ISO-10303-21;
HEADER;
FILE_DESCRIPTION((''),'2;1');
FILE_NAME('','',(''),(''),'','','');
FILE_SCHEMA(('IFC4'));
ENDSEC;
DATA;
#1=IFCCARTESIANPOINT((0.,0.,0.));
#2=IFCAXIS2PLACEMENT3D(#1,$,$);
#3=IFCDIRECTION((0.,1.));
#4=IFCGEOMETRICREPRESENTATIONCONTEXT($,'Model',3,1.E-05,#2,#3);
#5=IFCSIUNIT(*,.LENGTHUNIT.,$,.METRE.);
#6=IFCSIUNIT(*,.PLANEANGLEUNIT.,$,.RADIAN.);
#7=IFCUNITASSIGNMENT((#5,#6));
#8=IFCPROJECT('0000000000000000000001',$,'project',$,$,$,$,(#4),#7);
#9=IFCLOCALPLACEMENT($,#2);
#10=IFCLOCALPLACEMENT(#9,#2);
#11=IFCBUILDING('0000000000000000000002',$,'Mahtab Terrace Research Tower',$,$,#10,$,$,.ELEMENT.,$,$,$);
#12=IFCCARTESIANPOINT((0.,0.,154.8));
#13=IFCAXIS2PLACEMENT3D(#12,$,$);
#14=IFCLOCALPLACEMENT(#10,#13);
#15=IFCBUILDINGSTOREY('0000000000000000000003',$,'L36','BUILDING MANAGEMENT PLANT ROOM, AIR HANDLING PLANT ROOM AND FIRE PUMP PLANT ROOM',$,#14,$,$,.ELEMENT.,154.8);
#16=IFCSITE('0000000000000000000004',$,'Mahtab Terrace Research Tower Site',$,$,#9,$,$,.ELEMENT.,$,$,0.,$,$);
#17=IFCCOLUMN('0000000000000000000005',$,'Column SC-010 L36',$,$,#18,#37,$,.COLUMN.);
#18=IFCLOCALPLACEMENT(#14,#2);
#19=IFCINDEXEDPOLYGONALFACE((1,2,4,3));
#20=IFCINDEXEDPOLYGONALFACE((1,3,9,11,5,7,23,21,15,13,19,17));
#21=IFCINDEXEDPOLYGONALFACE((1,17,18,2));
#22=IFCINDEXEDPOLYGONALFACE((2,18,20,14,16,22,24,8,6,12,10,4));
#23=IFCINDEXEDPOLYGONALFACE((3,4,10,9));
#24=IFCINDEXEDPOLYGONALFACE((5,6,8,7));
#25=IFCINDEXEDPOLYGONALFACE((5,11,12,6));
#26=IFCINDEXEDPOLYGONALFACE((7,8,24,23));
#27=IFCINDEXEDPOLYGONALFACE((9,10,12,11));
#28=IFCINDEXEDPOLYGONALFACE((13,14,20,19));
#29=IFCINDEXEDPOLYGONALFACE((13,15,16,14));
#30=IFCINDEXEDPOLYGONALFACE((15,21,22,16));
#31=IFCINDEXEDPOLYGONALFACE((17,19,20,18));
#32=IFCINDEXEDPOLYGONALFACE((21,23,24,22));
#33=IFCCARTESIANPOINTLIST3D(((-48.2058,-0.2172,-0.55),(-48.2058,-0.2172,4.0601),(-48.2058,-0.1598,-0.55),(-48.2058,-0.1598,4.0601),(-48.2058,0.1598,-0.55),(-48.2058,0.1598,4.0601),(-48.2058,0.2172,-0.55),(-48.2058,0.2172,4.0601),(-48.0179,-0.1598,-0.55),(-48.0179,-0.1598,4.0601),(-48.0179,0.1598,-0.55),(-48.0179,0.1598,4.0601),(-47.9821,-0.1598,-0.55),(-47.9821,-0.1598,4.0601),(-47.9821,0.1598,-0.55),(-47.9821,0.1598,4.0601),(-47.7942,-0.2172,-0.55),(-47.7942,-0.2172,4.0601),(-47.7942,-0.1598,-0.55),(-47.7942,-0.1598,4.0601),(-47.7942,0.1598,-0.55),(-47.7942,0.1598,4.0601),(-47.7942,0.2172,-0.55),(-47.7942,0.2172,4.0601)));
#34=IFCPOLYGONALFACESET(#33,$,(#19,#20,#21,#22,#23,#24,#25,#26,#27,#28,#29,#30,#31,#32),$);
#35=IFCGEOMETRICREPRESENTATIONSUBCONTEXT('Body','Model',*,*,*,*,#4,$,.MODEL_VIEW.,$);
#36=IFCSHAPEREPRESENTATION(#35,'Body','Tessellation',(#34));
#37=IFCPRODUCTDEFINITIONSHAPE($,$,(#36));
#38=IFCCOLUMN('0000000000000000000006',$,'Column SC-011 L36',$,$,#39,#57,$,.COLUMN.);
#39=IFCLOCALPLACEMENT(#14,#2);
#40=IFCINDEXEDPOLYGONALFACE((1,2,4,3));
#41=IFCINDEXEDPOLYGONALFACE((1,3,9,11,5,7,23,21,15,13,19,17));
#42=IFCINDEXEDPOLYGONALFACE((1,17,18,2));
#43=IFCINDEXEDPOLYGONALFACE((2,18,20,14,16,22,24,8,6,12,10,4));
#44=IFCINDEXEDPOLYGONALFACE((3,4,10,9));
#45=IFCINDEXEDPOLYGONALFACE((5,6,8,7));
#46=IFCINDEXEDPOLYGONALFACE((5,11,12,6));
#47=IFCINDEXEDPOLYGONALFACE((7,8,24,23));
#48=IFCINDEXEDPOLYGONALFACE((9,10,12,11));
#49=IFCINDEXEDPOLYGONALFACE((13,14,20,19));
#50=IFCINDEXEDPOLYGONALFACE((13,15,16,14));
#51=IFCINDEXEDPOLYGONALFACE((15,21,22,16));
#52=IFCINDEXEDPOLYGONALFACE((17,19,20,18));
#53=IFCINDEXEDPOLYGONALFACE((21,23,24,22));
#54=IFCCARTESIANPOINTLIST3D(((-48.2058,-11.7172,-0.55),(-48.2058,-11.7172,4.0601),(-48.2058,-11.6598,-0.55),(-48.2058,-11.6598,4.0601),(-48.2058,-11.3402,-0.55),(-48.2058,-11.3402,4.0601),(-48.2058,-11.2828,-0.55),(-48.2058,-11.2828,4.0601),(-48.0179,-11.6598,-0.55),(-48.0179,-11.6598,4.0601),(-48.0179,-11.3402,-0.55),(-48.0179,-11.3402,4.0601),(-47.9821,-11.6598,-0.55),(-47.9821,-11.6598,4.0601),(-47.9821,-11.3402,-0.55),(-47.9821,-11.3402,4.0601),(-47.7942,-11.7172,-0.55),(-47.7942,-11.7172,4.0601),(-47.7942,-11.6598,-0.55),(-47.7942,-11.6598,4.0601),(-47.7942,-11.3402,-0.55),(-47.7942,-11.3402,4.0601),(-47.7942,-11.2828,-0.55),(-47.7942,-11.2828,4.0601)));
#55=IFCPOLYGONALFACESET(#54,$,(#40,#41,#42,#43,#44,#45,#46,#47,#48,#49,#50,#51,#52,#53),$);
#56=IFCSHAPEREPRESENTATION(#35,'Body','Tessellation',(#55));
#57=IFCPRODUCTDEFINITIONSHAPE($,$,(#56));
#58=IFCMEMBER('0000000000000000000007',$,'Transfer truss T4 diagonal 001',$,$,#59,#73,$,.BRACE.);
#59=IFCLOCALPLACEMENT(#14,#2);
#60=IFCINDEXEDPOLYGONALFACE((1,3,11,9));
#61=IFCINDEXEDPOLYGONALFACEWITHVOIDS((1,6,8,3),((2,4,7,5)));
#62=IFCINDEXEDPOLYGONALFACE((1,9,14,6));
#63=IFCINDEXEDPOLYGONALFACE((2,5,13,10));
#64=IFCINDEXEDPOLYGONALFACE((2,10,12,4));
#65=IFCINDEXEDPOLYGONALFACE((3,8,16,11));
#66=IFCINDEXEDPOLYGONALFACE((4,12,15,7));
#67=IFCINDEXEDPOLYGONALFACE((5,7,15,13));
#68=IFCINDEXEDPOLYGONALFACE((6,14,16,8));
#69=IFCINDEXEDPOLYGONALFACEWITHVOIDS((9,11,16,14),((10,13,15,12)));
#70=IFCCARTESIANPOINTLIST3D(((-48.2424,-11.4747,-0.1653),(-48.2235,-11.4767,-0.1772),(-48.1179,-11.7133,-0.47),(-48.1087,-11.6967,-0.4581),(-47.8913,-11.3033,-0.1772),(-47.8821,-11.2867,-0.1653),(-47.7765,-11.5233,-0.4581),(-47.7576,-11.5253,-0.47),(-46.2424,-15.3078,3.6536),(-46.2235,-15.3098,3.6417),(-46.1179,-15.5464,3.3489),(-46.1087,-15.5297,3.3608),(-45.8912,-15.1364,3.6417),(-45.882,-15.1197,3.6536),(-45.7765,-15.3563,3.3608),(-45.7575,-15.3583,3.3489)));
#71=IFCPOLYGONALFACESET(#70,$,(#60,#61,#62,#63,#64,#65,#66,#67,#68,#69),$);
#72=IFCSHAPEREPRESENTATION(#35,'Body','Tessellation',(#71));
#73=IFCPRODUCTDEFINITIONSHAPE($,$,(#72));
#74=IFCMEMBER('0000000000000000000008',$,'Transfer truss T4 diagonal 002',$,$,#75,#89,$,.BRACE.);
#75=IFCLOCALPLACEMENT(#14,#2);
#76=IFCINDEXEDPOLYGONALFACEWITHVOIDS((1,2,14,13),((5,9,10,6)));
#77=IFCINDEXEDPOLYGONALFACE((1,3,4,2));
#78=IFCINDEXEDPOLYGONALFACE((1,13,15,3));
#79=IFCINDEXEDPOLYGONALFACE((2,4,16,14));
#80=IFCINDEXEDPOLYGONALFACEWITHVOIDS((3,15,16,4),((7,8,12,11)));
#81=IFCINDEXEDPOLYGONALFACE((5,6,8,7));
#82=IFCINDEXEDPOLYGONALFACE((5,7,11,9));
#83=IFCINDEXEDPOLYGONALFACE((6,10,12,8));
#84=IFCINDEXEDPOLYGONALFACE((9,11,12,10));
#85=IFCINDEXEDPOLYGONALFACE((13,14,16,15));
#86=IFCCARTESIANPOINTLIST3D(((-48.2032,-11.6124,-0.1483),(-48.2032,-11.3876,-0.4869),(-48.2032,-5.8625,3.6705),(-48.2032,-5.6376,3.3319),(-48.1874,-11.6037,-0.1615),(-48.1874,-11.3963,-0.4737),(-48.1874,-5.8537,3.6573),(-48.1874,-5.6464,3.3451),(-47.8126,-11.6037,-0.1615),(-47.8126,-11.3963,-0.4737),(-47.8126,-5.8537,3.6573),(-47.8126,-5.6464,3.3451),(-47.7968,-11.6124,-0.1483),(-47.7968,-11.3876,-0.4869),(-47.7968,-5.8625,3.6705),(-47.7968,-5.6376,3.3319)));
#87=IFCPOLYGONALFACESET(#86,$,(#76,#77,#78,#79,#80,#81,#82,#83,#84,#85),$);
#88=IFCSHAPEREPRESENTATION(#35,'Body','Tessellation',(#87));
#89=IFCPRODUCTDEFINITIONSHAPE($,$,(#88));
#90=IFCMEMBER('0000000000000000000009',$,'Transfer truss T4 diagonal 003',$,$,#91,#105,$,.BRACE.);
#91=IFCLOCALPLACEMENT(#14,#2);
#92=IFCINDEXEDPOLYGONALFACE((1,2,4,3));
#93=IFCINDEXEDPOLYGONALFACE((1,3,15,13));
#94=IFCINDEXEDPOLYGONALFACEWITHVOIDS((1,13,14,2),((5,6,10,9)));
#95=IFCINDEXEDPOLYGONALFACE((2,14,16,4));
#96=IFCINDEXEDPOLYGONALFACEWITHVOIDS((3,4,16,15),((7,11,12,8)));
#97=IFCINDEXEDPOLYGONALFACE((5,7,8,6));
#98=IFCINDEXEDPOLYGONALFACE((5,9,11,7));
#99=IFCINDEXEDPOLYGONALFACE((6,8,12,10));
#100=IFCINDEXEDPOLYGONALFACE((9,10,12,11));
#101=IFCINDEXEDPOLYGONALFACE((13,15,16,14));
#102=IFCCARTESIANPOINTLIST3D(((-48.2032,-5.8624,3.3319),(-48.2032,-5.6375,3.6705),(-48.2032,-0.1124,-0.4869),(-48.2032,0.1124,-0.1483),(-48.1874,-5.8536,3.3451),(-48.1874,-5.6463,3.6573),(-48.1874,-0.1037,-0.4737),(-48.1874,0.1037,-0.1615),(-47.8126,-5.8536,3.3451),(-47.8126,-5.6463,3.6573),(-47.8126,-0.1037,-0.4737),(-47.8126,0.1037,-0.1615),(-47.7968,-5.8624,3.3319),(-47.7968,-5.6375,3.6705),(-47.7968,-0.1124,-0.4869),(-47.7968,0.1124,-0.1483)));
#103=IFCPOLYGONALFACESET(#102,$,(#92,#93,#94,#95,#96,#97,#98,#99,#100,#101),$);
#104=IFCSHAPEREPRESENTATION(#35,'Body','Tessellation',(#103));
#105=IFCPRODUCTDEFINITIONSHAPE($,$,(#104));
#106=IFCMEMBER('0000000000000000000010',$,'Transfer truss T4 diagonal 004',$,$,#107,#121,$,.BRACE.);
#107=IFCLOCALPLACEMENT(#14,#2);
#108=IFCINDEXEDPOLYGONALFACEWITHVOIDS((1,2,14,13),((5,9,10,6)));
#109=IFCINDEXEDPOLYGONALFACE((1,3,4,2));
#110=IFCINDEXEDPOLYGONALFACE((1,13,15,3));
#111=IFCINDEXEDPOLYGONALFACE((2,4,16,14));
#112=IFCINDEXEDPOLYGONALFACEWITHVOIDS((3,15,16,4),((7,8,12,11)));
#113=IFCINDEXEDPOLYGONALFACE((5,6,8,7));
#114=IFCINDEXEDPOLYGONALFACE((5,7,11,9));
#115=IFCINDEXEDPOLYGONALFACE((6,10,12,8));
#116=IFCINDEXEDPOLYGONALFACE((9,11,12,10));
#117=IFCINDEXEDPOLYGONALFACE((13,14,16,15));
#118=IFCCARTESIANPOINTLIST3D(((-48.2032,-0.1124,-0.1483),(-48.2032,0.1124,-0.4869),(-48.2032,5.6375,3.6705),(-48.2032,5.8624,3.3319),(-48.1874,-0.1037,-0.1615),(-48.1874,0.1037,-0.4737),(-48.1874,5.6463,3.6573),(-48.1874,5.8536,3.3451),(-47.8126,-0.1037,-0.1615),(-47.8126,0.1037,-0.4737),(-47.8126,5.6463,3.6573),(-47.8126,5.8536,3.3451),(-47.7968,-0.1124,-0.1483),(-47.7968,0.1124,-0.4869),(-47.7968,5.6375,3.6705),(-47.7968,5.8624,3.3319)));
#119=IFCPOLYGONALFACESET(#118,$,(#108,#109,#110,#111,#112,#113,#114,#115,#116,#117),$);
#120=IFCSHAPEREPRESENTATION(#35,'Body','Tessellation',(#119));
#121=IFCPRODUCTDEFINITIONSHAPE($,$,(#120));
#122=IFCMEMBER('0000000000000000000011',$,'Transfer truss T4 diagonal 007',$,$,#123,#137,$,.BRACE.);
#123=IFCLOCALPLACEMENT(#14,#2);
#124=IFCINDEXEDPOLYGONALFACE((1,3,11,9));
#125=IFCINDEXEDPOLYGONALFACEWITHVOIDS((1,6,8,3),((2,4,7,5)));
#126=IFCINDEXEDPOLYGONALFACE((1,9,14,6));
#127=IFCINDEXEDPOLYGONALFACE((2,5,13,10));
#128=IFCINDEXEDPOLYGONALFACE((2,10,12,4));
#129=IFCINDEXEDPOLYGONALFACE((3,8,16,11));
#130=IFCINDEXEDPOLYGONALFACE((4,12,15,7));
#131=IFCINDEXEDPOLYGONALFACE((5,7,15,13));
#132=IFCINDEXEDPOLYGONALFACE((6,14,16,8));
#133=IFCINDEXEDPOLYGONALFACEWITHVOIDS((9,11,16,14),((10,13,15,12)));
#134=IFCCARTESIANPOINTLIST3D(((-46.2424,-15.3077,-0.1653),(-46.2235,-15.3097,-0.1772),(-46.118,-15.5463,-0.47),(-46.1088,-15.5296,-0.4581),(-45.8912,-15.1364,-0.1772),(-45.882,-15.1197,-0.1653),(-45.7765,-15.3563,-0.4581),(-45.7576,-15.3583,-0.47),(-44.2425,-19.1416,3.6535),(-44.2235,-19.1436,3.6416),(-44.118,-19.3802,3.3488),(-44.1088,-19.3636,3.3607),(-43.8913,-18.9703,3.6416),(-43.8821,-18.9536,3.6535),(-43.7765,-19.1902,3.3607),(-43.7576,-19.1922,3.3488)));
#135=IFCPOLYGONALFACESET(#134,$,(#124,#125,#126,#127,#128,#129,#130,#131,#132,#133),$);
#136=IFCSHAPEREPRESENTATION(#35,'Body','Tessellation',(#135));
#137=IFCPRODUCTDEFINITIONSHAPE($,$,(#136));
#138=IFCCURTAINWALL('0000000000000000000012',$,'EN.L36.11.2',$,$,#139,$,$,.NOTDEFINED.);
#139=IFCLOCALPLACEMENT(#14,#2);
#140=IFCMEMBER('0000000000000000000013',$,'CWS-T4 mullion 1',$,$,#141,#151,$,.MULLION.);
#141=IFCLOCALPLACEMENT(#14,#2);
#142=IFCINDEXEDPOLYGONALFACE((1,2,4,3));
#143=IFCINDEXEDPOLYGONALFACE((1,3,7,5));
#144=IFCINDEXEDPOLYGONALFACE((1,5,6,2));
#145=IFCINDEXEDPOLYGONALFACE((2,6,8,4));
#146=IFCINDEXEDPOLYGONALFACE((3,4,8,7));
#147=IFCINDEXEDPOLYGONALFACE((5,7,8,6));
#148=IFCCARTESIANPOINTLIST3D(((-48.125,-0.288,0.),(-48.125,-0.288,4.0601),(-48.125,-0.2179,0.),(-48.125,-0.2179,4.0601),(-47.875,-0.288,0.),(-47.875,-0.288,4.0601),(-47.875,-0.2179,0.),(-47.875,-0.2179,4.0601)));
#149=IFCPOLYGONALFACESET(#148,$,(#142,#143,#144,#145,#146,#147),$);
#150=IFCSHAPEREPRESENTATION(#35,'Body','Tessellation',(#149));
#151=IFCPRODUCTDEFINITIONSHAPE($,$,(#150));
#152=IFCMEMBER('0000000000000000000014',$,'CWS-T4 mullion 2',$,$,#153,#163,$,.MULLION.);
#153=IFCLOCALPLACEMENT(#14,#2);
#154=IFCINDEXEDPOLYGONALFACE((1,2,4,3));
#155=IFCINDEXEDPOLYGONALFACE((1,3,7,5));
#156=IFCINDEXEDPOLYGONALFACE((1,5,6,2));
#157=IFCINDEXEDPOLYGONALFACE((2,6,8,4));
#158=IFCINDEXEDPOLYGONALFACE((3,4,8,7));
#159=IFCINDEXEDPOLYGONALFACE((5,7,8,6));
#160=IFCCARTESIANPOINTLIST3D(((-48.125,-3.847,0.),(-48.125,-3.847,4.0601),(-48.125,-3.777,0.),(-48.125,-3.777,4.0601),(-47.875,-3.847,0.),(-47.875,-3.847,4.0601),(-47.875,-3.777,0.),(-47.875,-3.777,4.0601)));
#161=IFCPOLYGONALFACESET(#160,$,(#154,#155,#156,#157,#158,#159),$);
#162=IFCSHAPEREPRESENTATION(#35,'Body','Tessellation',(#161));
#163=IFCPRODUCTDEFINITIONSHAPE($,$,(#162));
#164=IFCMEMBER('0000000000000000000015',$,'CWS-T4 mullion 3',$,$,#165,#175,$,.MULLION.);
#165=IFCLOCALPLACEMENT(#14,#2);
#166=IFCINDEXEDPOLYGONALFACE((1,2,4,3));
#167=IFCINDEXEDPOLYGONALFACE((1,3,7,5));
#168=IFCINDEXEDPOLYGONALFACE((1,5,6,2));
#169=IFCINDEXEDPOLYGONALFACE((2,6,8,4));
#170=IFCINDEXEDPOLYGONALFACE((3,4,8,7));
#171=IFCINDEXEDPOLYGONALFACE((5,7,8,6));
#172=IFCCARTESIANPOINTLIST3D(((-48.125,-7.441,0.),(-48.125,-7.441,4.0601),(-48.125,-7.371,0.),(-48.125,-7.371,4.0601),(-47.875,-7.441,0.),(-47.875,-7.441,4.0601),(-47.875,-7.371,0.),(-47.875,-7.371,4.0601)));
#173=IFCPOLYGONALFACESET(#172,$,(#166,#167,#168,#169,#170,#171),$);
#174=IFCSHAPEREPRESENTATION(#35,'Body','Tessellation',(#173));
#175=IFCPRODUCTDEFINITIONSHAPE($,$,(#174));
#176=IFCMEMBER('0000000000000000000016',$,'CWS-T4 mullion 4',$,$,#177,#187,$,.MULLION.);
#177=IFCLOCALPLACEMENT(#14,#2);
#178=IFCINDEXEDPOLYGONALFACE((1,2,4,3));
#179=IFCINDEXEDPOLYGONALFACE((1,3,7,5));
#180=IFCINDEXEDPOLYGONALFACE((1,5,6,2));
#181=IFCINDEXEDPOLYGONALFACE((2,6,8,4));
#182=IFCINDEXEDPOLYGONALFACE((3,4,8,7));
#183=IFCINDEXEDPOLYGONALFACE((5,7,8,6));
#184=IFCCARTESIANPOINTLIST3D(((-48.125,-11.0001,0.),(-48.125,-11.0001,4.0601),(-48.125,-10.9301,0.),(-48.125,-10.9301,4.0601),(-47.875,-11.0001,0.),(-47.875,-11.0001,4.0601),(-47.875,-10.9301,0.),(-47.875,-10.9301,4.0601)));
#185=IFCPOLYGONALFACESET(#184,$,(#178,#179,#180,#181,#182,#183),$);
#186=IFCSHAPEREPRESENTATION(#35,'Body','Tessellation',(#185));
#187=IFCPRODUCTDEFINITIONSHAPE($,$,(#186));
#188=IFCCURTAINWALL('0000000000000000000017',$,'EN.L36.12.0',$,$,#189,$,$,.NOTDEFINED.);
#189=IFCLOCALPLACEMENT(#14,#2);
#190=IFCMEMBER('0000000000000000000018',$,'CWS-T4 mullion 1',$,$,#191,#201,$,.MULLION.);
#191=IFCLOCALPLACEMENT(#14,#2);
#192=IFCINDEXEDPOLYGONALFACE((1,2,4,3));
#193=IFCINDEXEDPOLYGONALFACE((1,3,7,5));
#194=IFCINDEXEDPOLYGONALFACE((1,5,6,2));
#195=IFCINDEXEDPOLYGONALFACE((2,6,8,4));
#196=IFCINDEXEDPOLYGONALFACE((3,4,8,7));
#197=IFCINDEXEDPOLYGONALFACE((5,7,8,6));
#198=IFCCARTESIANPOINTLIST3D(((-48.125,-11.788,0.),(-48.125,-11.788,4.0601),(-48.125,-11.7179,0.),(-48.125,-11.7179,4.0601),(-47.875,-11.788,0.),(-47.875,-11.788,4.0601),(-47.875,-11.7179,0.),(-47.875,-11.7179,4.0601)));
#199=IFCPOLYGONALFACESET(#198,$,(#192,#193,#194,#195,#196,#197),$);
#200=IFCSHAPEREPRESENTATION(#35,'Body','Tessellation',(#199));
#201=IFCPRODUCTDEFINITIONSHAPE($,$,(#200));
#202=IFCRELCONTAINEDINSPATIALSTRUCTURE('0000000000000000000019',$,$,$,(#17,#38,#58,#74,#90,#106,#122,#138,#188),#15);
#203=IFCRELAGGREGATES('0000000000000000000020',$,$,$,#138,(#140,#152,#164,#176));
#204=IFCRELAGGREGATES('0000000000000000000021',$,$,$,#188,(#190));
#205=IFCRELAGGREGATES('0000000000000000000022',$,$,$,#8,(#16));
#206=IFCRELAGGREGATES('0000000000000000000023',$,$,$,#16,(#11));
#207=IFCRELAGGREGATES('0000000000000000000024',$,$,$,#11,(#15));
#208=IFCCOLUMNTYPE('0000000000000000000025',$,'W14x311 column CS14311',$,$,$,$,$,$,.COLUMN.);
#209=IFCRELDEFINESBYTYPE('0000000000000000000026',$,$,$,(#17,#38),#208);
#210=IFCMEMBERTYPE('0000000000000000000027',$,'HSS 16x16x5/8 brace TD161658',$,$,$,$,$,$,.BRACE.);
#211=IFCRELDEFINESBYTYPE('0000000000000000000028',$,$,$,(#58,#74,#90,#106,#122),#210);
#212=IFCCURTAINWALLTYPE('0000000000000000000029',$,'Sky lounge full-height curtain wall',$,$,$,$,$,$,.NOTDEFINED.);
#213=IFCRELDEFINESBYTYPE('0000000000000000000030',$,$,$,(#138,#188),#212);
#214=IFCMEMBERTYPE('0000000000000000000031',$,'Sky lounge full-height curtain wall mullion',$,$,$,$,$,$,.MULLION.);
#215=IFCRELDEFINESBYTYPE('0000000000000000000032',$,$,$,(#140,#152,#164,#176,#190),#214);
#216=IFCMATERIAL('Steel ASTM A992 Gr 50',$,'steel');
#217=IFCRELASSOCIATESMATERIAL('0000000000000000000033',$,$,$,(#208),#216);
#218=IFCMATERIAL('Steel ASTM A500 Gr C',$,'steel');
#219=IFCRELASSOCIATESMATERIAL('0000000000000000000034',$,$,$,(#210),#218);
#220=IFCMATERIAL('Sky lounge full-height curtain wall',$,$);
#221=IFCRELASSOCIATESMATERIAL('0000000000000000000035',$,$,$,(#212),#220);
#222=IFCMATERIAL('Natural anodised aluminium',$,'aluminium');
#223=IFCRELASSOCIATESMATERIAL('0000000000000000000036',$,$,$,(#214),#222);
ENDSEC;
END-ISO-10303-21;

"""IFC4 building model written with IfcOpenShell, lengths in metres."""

from ifc_helpers import new_model, si_unit, direction, frame, origin, origin_2d, place, context, subcontext, project, spatial, rectangle, hollow_rectangle, i_section, extrude, material, material_profile, profile_set, type_object, element, aggregate, save


model = new_model("IFC4")

# Units and contexts
model_context = context("Model", 3, precision=1e-05, world=origin(), true_north=direction((0.0, 1.0)))
body_context = subcontext(model_context, "Body", "Model", "MODEL_VIEW")
ifc_project = project(units=[si_unit("LENGTHUNIT", "METRE"), si_unit("PLANEANGLEUNIT", "RADIAN")], contexts=[model_context])

# Site, building, storey
site_placement = place(None, origin())
site = spatial("IfcSite", under=ifc_project, at=site_placement, Name="Mahtab Terrace Research Tower Site", CompositionType="ELEMENT", RefElevation=0.0)
building_placement = place(site_placement, origin())
building = spatial("IfcBuilding", under=site, at=building_placement, Name="Mahtab Terrace Research Tower", CompositionType="ELEMENT")
storey_placement = place(building_placement, frame((0.0, 0.0, 154.8)))
storey = spatial("IfcBuildingStorey", under=building, at=storey_placement, Name="L36", Description="BUILDING MANAGEMENT PLANT ROOM, AIR HANDLING PLANT ROOM AND FIRE PUMP PLANT ROOM", CompositionType="ELEMENT", Elevation=154.8)

# Columns
ifc_material_1 = material(Name="Steel ASTM A992 Gr 50", Category="steel")
ifc_material_profile_1 = material_profile(ifc_material_1, i_section(OverallWidth=0.4116, OverallDepth=0.4343, WebThickness=0.0359, FlangeThickness=0.0574, at=origin_2d()), Name="W14X311")
ifc_profile_set_1 = profile_set([ifc_material_profile_1], Name="Steel ASTM A992 Gr 50")
column_type = type_object("IfcColumnType", Name="W14x311 column CS14311", PredefinedType="COLUMN", material=ifc_profile_set_1)
for number, where, z_axis, x_axis, name in (
    (1, (-48.0, 0.0, -0.55), (0.0, 0.0, 1.0), (1.0, 0.0, 0.0), "Column SC-010 L36"),
    (2, (-48.0, -11.5, -0.55), (0.0, 0.0, 1.0), (1.0, 0.0, 0.0), "Column SC-011 L36"),
):
    element("IfcColumn", number, at=place(storey_placement, frame(where, z_axis=z_axis, x_axis=x_axis)), inside=storey, type_object=column_type, Name=name, PredefinedType="COLUMN", context=body_context, shape_type="SweptSolid", body=[
        extrude(i_section(OverallWidth=0.4116, OverallDepth=0.4343, WebThickness=0.0359, FlangeThickness=0.0574, at=origin_2d()), origin(), (0.0, 0.0, 1.0), 4.6101),
    ])

# Members
ifc_material_2 = material(Name="Steel ASTM A500 Gr C", Category="steel")
ifc_material_profile_2 = material_profile(ifc_material_2, hollow_rectangle(XDim=0.4065, YDim=0.4065, WallThickness=0.0159, at=origin_2d()), Name="HSS16X16X5/8")
ifc_profile_set_2 = profile_set([ifc_material_profile_2], Name="Steel ASTM A500 Gr C")
member_type_1 = type_object("IfcMemberType", Name="HSS 16x16x5/8 brace TD161658", PredefinedType="BRACE", material=ifc_profile_set_2)
member_1_placement = place(storey_placement, frame((-48.0, -11.5, -0.3176), z_axis=(0.346711, -0.664473, 0.662018), x_axis=(0.886569, 0.462597, 0.0)))
element("IfcMember", 3, at=member_1_placement, inside=storey, type_object=member_type_1, Name="Transfer truss T4 diagonal 001", PredefinedType="BRACE", context=body_context, shape_type="SweptSolid", body=[
    extrude(hollow_rectangle(XDim=0.4065, YDim=0.4065, WallThickness=0.0159, at=origin_2d()), origin(), (0.0, 0.0, 1.0), 5.7686),
])
for number, where, z_axis, x_axis, name in (
    (4, (-48.0, -11.5, -0.3176), (0.0, 0.833018, 0.553246), (-1.0, 0.0, 0.0), "Transfer truss T4 diagonal 002"),
    (5, (-48.0, 0.0, -0.3176), (0.0, -0.833018, 0.553246), (1.0, 0.0, 0.0), "Transfer truss T4 diagonal 003"),
    (6, (-48.0, 0.0, -0.3176), (0.0, 0.833018, 0.553246), (-1.0, 0.0, 0.0), "Transfer truss T4 diagonal 004"),
):
    element("IfcMember", number, at=place(storey_placement, frame(where, z_axis=z_axis, x_axis=x_axis)), inside=storey, type_object=member_type_1, Name=name, PredefinedType="BRACE", context=body_context, shape_type="SweptSolid", body=[
        extrude(hollow_rectangle(XDim=0.4065, YDim=0.4065, WallThickness=0.0159, at=origin_2d()), origin(), (0.0, 0.0, 1.0), 6.9026),
    ])
member_2_placement = place(storey_placement, frame((-46.0, -15.333, -0.3176), z_axis=(0.346672, -0.664567, 0.661943), x_axis=(0.886617, 0.462504, 0.0)))
element("IfcMember", 7, at=member_2_placement, inside=storey, type_object=member_type_1, Name="Transfer truss T4 diagonal 007", PredefinedType="BRACE", context=body_context, shape_type="SweptSolid", body=[
    extrude(hollow_rectangle(XDim=0.4065, YDim=0.4065, WallThickness=0.0159, at=origin_2d()), origin(), (0.0, 0.0, 1.0), 5.769),
])

# Curtain walls, members
ifc_material_3 = material(Name="Sky lounge full-height curtain wall")
curtain_wall_type = type_object("IfcCurtainWallType", Name="Sky lounge full-height curtain wall", PredefinedType="NOTDEFINED", material=ifc_material_3)
curtain_wall_1_placement = place(storey_placement, origin())
curtain_wall_1 = element("IfcCurtainWall", 8, at=curtain_wall_1_placement, inside=storey, type_object=curtain_wall_type, Name="EN.L36.11.2", PredefinedType="NOTDEFINED")
ifc_material_4 = material(Name="Natural anodised aluminium", Category="aluminium")
ifc_material_profile_3 = material_profile(ifc_material_4, rectangle(XDim=0.25, YDim=0.0701, at=origin_2d()), Name="MULLION 70x250")
ifc_profile_set_3 = profile_set([ifc_material_profile_3], Name="Natural anodised aluminium")
member_type_2 = type_object("IfcMemberType", Name="Sky lounge full-height curtain wall mullion", PredefinedType="MULLION", material=ifc_profile_set_3)
member_3_placement = place(storey_placement, frame((-48.0, -0.2529, 0.0), z_axis=(0.0, 0.0, 1.0), x_axis=(1.0, 0.0, 0.0)))
member_3 = element("IfcMember", 9, at=member_3_placement, type_object=member_type_2, Name="CWS-T4 mullion 1", PredefinedType="MULLION", context=body_context, shape_type="SweptSolid", body=[
    extrude(rectangle(XDim=0.25, YDim=0.0701, at=origin_2d()), origin(), (0.0, 0.0, 1.0), 4.0601),
])
member_4_placement = place(storey_placement, frame((-48.0, -3.812, 0.0), z_axis=(0.0, 0.0, 1.0), x_axis=(1.0, 0.0, 0.0)))
member_4 = element("IfcMember", 10, at=member_4_placement, type_object=member_type_2, Name="CWS-T4 mullion 2", PredefinedType="MULLION", context=body_context, shape_type="SweptSolid", body=[
    extrude(rectangle(XDim=0.25, YDim=0.0701, at=origin_2d()), origin(), (0.0, 0.0, 1.0), 4.0601),
])
member_5_placement = place(storey_placement, frame((-48.0, -7.406, 0.0), z_axis=(0.0, 0.0, 1.0), x_axis=(1.0, 0.0, 0.0)))
member_5 = element("IfcMember", 11, at=member_5_placement, type_object=member_type_2, Name="CWS-T4 mullion 3", PredefinedType="MULLION", context=body_context, shape_type="SweptSolid", body=[
    extrude(rectangle(XDim=0.25, YDim=0.0701, at=origin_2d()), origin(), (0.0, 0.0, 1.0), 4.0601),
])
member_6_placement = place(storey_placement, frame((-48.0, -10.9651, 0.0), z_axis=(0.0, 0.0, 1.0), x_axis=(1.0, 0.0, 0.0)))
member_6 = element("IfcMember", 12, at=member_6_placement, type_object=member_type_2, Name="CWS-T4 mullion 4", PredefinedType="MULLION", context=body_context, shape_type="SweptSolid", body=[
    extrude(rectangle(XDim=0.25, YDim=0.0701, at=origin_2d()), origin(), (0.0, 0.0, 1.0), 4.0601),
])
curtain_wall_2_placement = place(storey_placement, origin())
curtain_wall_2 = element("IfcCurtainWall", 13, at=curtain_wall_2_placement, inside=storey, type_object=curtain_wall_type, Name="EN.L36.12.0", PredefinedType="NOTDEFINED")
member_7_placement = place(storey_placement, frame((-48.0, -11.7529, 0.0), z_axis=(0.0, 0.0, 1.0), x_axis=(1.0, 0.0, 0.0)))
member_7 = element("IfcMember", 14, at=member_7_placement, type_object=member_type_2, Name="CWS-T4 mullion 1", PredefinedType="MULLION", context=body_context, shape_type="SweptSolid", body=[
    extrude(rectangle(XDim=0.25, YDim=0.0701, at=origin_2d()), origin(), (0.0, 0.0, 1.0), 4.0601),
])

aggregate(curtain_wall_1, [member_3, member_4, member_5, member_6])
aggregate(curtain_wall_2, [member_7])

save(model, "model.ifc")
